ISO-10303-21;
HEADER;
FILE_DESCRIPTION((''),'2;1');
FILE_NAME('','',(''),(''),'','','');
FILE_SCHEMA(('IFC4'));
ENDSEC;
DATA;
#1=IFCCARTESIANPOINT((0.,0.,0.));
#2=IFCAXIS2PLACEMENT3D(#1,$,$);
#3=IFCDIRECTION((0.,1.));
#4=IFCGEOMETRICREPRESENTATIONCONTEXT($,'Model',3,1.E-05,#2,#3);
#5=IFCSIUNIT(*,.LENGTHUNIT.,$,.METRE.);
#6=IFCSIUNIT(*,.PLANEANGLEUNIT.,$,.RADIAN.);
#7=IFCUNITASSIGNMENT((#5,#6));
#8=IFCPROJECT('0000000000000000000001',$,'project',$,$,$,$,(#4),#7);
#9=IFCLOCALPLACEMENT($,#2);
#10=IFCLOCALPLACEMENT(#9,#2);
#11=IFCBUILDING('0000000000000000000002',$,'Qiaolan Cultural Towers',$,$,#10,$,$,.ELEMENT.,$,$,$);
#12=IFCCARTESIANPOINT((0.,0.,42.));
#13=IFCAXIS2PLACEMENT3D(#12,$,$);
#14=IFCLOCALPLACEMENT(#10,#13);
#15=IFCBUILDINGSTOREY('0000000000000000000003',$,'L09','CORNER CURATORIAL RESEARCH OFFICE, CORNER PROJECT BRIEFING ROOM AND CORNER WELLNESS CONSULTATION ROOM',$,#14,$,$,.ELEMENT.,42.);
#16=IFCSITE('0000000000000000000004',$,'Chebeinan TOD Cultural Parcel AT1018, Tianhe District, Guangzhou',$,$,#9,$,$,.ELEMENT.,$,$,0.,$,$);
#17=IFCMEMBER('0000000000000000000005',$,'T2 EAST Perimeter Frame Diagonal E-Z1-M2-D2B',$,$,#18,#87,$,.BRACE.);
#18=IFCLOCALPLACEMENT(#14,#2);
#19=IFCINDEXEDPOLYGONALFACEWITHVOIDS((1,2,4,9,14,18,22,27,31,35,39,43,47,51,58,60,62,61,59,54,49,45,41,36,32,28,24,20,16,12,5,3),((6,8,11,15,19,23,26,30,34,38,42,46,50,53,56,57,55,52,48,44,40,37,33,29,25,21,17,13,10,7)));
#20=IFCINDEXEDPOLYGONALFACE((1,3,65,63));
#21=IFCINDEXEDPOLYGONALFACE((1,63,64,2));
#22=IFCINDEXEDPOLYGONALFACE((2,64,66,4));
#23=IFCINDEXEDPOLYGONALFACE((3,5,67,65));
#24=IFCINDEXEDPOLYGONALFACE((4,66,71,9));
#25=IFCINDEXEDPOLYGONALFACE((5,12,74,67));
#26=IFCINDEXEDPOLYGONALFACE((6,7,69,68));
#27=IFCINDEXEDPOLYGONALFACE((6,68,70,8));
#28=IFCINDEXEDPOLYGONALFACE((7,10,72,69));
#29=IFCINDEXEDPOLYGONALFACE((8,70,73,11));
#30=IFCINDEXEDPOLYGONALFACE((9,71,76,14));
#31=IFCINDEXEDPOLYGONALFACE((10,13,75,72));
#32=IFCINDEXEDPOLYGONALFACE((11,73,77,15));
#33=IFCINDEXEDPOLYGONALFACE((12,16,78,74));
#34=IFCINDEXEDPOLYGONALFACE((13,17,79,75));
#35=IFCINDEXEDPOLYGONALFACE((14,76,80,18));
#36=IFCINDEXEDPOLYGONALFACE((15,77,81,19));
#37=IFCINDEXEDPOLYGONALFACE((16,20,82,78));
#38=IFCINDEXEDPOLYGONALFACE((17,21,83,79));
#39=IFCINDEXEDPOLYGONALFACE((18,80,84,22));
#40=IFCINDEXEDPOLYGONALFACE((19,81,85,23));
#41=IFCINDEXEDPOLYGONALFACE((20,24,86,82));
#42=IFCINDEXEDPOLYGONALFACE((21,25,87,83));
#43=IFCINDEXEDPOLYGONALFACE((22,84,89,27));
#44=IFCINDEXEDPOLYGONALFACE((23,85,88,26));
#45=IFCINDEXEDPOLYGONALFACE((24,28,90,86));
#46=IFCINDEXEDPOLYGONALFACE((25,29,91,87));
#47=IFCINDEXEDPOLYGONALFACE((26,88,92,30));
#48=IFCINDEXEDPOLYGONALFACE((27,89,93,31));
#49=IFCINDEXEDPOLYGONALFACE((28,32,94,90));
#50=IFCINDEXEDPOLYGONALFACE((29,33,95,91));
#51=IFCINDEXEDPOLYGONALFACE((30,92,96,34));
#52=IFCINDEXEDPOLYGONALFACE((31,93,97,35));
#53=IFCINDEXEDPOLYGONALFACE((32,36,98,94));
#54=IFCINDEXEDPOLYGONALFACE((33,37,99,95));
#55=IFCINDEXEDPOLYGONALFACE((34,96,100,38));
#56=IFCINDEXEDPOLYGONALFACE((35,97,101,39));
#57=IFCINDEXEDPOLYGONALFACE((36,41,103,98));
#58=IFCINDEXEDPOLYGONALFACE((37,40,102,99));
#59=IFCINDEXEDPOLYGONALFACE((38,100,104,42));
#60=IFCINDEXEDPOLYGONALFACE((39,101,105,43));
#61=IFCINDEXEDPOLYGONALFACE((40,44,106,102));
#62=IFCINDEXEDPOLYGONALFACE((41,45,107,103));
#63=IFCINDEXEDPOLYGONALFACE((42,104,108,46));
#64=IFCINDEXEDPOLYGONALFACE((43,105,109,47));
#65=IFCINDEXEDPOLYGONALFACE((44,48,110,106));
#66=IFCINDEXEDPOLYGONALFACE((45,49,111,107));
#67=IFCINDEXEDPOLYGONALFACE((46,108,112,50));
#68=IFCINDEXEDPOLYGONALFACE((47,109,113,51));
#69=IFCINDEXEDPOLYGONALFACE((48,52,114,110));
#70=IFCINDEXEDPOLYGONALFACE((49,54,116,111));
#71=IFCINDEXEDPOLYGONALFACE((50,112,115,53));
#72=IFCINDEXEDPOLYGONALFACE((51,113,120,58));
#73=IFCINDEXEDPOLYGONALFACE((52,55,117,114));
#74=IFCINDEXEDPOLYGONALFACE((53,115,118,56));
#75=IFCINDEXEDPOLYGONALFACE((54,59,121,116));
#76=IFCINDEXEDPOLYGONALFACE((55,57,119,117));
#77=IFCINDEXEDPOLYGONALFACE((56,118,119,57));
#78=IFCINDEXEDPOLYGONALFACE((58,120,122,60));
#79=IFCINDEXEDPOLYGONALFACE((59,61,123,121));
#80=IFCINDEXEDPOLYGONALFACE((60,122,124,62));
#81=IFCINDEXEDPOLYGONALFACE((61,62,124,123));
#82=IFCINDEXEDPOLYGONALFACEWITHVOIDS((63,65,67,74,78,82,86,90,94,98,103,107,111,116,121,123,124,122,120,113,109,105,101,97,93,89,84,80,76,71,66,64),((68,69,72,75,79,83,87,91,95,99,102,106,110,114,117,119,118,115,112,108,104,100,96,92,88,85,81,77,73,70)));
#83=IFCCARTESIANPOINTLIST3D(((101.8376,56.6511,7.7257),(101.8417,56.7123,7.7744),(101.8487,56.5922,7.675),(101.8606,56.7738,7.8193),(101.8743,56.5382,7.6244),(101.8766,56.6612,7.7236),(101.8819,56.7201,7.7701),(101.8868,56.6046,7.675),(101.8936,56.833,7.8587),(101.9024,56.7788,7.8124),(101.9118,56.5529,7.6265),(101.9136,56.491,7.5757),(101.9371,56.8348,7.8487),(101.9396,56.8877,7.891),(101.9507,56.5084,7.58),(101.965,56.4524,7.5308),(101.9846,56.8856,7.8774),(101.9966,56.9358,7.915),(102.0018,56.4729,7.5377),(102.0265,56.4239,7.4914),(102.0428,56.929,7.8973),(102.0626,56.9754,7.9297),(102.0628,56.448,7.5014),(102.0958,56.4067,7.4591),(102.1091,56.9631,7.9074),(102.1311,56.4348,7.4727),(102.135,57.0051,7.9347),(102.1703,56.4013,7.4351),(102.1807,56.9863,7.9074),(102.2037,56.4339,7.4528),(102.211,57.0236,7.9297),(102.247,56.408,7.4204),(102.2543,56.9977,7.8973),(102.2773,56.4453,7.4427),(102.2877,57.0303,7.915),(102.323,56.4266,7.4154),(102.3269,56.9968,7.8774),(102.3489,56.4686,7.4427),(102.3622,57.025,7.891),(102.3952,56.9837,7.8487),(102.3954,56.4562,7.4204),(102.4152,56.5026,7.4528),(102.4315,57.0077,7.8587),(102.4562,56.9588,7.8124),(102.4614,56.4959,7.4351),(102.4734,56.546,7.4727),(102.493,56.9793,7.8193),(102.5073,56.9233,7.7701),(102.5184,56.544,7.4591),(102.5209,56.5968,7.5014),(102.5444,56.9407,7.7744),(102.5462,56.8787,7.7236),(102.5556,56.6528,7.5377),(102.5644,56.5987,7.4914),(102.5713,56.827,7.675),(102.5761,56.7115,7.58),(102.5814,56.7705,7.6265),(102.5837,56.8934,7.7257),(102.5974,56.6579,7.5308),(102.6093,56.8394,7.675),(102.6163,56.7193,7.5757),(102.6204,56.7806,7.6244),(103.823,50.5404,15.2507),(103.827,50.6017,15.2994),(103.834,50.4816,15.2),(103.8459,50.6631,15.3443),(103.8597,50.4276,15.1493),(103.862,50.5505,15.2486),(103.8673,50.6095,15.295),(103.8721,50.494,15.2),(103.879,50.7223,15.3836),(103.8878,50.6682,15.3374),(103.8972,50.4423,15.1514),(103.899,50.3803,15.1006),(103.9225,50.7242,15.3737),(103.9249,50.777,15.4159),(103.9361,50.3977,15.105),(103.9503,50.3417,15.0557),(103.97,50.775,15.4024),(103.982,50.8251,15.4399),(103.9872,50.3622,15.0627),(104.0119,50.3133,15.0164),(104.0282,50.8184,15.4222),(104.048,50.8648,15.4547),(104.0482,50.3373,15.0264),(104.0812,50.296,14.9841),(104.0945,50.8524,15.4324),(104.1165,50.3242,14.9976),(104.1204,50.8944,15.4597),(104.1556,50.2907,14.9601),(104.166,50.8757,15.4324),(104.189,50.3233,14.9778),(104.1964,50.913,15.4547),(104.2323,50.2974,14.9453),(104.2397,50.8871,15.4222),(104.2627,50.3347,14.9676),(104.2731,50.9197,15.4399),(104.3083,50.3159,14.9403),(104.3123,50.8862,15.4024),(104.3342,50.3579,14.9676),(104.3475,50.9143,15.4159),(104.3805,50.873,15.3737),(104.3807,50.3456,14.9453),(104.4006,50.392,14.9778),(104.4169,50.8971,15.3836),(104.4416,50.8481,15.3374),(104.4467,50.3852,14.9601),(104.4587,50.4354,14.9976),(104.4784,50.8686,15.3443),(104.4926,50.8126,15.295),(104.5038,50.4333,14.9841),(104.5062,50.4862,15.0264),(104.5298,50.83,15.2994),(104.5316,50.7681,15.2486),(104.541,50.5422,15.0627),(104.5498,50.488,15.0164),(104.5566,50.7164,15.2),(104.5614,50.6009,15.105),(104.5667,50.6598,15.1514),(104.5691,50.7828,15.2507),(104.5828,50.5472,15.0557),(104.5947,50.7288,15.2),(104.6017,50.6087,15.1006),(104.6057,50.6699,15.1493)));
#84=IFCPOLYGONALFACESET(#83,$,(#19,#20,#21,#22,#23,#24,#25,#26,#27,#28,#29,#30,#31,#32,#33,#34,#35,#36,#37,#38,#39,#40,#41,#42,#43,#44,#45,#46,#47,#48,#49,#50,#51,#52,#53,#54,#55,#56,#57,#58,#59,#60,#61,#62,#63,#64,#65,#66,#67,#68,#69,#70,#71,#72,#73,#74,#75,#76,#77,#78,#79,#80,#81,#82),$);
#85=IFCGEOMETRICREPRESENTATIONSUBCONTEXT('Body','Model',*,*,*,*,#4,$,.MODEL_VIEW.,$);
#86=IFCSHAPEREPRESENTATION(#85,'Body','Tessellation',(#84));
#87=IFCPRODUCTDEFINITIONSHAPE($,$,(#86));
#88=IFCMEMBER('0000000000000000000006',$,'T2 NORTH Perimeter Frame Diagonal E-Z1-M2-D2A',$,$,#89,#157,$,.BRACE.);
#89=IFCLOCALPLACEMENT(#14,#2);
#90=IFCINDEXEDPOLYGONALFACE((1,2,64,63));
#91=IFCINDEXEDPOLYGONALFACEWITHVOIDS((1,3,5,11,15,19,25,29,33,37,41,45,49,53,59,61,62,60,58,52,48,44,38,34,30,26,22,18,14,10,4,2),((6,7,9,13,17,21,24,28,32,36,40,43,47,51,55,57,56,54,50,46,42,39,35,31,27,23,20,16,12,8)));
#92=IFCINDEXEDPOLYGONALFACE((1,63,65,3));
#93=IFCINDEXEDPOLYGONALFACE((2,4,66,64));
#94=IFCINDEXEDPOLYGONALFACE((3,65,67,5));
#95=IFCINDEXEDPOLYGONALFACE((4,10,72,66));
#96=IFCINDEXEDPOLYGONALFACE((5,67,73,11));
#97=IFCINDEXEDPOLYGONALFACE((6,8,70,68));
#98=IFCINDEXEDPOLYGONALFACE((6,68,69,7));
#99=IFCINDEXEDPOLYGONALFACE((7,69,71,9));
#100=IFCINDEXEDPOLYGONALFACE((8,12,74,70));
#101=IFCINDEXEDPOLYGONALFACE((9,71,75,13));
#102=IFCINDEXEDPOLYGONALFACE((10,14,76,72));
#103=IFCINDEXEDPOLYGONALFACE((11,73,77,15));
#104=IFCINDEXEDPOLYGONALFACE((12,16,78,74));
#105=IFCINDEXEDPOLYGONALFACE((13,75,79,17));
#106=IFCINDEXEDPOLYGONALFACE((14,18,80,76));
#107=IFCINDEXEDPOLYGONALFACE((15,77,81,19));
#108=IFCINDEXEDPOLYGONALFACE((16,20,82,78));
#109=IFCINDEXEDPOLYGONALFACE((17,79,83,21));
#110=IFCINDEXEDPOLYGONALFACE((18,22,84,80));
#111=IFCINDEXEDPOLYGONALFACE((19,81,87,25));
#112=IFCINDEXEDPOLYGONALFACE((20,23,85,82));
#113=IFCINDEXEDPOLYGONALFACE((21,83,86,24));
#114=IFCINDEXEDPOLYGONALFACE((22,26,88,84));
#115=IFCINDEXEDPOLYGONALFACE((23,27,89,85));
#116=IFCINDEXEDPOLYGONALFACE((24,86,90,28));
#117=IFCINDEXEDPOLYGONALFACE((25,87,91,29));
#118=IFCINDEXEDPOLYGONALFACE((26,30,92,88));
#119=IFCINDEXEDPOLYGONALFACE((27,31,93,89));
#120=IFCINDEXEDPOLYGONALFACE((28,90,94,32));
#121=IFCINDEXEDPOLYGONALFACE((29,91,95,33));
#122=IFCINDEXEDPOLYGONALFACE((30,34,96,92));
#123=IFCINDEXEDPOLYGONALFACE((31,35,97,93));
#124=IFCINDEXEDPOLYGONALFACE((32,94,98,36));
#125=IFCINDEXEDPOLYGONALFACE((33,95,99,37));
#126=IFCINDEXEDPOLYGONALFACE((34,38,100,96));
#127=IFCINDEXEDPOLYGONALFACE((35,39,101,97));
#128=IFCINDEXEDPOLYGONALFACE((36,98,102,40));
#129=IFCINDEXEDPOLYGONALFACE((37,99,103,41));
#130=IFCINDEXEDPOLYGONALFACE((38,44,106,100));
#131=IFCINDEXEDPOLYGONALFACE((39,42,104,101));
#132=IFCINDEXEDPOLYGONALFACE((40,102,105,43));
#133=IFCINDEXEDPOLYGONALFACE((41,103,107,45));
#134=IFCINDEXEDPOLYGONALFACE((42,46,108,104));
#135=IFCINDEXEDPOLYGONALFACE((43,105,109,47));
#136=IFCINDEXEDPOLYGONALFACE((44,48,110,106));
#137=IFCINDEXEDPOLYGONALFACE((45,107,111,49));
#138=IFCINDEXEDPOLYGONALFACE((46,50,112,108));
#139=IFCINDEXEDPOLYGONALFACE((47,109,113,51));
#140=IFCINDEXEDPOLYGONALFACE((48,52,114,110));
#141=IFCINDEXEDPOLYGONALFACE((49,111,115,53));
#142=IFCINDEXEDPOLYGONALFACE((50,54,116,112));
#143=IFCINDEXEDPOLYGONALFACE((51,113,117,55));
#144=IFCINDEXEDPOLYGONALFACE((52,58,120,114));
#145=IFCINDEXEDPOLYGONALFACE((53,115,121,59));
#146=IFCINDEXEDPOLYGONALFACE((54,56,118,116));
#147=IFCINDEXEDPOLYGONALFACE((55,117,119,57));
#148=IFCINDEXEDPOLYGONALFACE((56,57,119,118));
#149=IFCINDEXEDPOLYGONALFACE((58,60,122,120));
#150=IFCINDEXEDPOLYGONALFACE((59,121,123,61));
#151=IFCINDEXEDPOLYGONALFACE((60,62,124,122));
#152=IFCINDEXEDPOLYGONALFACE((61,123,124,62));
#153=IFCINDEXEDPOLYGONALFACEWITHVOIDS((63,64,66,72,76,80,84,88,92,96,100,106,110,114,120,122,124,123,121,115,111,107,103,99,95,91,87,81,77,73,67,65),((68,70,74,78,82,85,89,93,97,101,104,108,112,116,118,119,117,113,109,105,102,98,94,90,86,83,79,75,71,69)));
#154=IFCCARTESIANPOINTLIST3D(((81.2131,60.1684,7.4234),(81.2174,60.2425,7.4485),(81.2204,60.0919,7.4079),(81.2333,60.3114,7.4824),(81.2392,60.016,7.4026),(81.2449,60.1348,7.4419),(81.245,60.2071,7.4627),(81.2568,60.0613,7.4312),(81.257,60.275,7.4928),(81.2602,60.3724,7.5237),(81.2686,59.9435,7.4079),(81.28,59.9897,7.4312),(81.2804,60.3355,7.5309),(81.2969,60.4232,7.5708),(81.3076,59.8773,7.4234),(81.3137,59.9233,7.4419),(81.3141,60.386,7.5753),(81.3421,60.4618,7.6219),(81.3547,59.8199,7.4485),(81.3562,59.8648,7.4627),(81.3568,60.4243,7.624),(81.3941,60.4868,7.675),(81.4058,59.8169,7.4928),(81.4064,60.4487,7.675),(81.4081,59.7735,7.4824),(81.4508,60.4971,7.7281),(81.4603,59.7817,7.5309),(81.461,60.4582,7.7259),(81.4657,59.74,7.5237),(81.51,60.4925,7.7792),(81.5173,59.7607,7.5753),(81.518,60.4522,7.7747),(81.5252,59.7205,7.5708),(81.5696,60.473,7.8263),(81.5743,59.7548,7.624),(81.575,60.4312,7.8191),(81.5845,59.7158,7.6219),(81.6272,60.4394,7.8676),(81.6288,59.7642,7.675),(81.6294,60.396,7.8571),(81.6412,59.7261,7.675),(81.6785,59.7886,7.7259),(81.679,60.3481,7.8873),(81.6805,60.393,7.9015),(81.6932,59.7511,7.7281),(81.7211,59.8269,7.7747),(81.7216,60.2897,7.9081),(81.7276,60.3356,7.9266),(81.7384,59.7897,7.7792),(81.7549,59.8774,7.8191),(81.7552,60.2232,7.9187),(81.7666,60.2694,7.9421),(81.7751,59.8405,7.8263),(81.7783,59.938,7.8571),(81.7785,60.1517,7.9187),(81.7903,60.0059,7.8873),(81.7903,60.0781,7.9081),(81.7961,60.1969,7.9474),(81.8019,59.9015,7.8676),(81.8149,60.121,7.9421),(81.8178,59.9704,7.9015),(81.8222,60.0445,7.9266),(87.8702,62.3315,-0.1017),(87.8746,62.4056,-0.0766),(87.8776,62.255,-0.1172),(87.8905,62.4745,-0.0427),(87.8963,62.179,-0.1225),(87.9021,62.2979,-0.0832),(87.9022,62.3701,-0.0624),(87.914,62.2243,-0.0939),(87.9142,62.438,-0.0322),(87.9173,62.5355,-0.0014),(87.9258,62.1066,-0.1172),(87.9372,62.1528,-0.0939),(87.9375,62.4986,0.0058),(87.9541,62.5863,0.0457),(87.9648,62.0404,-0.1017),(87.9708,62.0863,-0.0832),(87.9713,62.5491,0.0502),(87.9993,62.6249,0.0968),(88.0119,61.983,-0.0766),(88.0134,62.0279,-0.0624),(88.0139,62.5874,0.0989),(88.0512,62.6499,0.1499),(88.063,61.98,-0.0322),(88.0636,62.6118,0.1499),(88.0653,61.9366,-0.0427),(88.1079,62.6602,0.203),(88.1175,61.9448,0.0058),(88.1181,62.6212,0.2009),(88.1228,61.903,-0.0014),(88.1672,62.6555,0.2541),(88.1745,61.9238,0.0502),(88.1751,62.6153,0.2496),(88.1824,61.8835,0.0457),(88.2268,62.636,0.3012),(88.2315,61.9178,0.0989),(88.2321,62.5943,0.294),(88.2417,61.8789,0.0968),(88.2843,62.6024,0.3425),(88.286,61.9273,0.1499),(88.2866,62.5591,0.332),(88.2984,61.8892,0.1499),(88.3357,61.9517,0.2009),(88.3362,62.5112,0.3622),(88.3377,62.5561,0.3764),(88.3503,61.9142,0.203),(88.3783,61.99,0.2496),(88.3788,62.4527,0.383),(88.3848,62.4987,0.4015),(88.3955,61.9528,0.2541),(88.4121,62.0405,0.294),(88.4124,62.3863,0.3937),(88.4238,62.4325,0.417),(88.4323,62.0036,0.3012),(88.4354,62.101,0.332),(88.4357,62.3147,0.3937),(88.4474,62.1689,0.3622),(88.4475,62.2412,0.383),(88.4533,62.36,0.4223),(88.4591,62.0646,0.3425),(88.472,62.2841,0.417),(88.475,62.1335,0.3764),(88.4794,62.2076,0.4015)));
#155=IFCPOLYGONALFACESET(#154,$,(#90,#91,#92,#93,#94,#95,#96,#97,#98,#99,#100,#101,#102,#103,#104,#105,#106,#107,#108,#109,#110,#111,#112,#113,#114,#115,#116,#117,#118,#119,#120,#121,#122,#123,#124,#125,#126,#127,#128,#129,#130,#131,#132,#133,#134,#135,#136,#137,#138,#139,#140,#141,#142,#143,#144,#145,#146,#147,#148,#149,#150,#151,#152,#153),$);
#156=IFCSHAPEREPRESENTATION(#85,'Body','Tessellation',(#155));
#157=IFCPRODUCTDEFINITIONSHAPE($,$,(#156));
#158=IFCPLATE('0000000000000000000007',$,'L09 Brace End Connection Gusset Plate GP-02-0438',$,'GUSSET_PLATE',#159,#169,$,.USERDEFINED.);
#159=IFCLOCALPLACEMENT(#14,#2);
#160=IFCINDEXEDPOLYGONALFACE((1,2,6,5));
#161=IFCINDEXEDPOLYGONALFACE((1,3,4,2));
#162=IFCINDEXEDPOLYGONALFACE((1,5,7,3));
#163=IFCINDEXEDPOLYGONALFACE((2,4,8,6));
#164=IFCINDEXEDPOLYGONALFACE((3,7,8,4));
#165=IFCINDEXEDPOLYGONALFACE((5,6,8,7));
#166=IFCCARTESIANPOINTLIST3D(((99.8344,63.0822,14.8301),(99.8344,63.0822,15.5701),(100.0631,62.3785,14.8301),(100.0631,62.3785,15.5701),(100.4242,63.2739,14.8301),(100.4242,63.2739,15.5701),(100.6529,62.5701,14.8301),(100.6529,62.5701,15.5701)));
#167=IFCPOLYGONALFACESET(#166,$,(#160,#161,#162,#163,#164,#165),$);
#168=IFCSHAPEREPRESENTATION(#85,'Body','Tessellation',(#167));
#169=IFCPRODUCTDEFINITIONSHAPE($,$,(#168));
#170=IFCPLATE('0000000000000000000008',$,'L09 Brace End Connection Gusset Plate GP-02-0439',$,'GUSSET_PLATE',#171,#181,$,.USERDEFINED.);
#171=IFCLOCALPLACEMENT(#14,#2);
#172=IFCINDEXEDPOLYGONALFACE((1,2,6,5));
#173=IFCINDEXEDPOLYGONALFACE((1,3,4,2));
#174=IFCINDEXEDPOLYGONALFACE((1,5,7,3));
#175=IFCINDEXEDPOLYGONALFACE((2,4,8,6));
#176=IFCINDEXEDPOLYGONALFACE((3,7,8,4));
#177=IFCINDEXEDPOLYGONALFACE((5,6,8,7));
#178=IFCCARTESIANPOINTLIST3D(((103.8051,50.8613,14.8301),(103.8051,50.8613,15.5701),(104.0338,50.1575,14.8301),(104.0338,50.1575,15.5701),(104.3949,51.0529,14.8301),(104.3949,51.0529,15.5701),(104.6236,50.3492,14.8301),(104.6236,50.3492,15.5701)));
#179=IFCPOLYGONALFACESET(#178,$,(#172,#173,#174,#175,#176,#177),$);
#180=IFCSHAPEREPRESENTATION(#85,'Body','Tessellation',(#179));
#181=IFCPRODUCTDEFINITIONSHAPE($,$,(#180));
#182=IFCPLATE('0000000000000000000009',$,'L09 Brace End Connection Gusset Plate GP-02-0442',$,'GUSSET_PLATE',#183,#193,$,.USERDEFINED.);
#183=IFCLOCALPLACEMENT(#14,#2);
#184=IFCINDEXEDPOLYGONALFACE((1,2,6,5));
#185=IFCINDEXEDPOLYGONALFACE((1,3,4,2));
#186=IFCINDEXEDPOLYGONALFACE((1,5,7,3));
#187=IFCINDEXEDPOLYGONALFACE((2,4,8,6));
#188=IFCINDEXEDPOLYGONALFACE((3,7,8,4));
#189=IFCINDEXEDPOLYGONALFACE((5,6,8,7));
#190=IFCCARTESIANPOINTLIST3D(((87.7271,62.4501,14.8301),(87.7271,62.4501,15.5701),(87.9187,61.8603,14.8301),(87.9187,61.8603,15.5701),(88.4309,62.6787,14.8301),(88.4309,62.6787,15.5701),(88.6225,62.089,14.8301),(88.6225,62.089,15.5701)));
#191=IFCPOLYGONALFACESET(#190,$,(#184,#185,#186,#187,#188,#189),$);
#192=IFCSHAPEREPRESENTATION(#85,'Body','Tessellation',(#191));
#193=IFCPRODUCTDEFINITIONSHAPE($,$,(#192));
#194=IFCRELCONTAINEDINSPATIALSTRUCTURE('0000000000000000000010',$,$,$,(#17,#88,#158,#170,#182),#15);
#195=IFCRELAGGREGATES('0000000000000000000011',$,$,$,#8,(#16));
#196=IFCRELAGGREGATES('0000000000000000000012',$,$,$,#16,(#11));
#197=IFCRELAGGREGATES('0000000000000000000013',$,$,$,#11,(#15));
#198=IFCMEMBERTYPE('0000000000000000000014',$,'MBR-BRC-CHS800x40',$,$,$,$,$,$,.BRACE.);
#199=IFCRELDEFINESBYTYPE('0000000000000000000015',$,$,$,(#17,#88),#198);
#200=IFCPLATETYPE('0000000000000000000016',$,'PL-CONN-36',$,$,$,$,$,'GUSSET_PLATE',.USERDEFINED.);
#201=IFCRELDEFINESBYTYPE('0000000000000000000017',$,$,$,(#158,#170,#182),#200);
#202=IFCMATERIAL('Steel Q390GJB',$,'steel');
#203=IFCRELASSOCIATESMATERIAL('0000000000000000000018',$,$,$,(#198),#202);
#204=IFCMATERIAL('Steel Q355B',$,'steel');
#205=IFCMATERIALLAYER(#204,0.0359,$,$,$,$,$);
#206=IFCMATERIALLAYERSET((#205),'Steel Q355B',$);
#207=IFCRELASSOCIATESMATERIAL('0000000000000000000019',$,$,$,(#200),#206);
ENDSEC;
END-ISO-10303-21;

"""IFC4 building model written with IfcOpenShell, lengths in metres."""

from ifc_helpers import new_model, si_unit, direction, frame, origin, origin_2d, place, context, subcontext, project, spatial, rectangle, hollow_circle, extrude, material, layer, layer_set, material_profile, profile_set, type_object, element, save


model = new_model("IFC4")

# Units and contexts
model_context = context("Model", 3, precision=1e-05, world=origin(), true_north=direction((0.0, 1.0)))
body_context = subcontext(model_context, "Body", "Model", "MODEL_VIEW")
ifc_project = project(units=[si_unit("LENGTHUNIT", "METRE"), si_unit("PLANEANGLEUNIT", "RADIAN")], contexts=[model_context])

# Site, building, storey
site_placement = place(None, origin())
site = spatial("IfcSite", under=ifc_project, at=site_placement, Name="Chebeinan TOD Cultural Parcel AT1018, Tianhe District, Guangzhou", CompositionType="ELEMENT", RefElevation=0.0)
building_placement = place(site_placement, origin())
building = spatial("IfcBuilding", under=site, at=building_placement, Name="Qiaolan Cultural Towers", CompositionType="ELEMENT")
storey_placement = place(building_placement, frame((0.0, 0.0, 42.0)))
storey = spatial("IfcBuildingStorey", under=building, at=storey_placement, Name="L09", Description="CORNER CURATORIAL RESEARCH OFFICE, CORNER PROJECT BRIEFING ROOM AND CORNER WELLNESS CONSULTATION ROOM", CompositionType="ELEMENT", Elevation=42.0)

# Members
ifc_material_1 = material(Name="Steel Q390GJB", Category="steel")
ifc_material_profile_1 = material_profile(ifc_material_1, hollow_circle(Radius=0.3999, WallThickness=0.04, at=origin_2d()), Name="CHS800x40")
ifc_profile_set_1 = profile_set([ifc_material_profile_1], Name="Steel Q390GJB")
member_type = type_object("IfcMemberType", Name="MBR-BRC-CHS800x40", PredefinedType="BRACE", material=ifc_profile_set_1)
for number, where, z_axis, x_axis, name in (
    (1, (102.229, 56.7158, 7.675), (0.200648, -0.617562, 0.760498), (0.951061, 0.309003, 0.0), "T2 EAST Perimeter Frame Diagonal E-Z1-M2-D2B"),
):
    element("IfcMember", number, at=place(storey_placement, frame(where, z_axis=z_axis, x_axis=x_axis)), inside=storey, type_object=member_type, Name=name, PredefinedType="BRACE", context=body_context, shape_type="SweptSolid", body=[
        extrude(hollow_circle(Radius=0.3999, WallThickness=0.04, at=origin_2d()), origin(), (0.0, 0.0, 1.0), 9.8948),
    ])
member_1_placement = place(storey_placement, frame((88.1748, 62.2695, 0.1499), z_axis=(-0.647752, -0.21047, 0.732202), x_axis=(0.30902, -0.951056, 0.0)))
element("IfcMember", 2, at=member_1_placement, inside=storey, type_object=member_type, Name="T2 NORTH Perimeter Frame Diagonal E-Z1-M2-D2A", PredefinedType="BRACE", context=body_context, shape_type="SweptSolid", body=[
    extrude(hollow_circle(Radius=0.3999, WallThickness=0.04, at=origin_2d()), origin(), (0.0, 0.0, 1.0), 10.2773),
])

# Plates
ifc_material_2 = material(Name="Steel Q355B", Category="steel")
ifc_layer_1 = layer(ifc_material_2, 0.0359)
ifc_layer_set_1 = layer_set([ifc_layer_1], Name="Steel Q355B")
plate_type_1 = type_object("IfcPlateType", Name="PL-CONN-36", ElementType="GUSSET_PLATE", PredefinedType="USERDEFINED", material=ifc_layer_set_1)
for number, where, z_axis, x_axis, name in (
    (3, (100.2437, 62.8262, 14.8301), (0.0, 0.0, 1.0), (-0.309017, 0.951057, 0.0), "L09 Brace End Connection Gusset Plate GP-02-0438"),
    (4, (104.2144, 50.6052, 14.8301), (0.0, 0.0, 1.0), (-0.309017, 0.951057, 0.0), "L09 Brace End Connection Gusset Plate GP-02-0439"),
    (5, (88.1748, 62.2695, 14.8301), (0.0, 0.0, 1.0), (0.951057, 0.309017, 0.0), "L09 Brace End Connection Gusset Plate GP-02-0442"),
):
    element("IfcPlate", number, at=place(storey_placement, frame(where, z_axis=z_axis, x_axis=x_axis)), inside=storey, type_object=plate_type_1, Name=name, ObjectType="GUSSET_PLATE", PredefinedType="USERDEFINED", context=body_context, shape_type="SweptSolid", body=[
        extrude(rectangle(XDim=0.74, YDim=0.6201, at=origin_2d()), origin(), (0.0, 0.0, 1.0), 0.74),
    ])

save(model, "model.ifc")
